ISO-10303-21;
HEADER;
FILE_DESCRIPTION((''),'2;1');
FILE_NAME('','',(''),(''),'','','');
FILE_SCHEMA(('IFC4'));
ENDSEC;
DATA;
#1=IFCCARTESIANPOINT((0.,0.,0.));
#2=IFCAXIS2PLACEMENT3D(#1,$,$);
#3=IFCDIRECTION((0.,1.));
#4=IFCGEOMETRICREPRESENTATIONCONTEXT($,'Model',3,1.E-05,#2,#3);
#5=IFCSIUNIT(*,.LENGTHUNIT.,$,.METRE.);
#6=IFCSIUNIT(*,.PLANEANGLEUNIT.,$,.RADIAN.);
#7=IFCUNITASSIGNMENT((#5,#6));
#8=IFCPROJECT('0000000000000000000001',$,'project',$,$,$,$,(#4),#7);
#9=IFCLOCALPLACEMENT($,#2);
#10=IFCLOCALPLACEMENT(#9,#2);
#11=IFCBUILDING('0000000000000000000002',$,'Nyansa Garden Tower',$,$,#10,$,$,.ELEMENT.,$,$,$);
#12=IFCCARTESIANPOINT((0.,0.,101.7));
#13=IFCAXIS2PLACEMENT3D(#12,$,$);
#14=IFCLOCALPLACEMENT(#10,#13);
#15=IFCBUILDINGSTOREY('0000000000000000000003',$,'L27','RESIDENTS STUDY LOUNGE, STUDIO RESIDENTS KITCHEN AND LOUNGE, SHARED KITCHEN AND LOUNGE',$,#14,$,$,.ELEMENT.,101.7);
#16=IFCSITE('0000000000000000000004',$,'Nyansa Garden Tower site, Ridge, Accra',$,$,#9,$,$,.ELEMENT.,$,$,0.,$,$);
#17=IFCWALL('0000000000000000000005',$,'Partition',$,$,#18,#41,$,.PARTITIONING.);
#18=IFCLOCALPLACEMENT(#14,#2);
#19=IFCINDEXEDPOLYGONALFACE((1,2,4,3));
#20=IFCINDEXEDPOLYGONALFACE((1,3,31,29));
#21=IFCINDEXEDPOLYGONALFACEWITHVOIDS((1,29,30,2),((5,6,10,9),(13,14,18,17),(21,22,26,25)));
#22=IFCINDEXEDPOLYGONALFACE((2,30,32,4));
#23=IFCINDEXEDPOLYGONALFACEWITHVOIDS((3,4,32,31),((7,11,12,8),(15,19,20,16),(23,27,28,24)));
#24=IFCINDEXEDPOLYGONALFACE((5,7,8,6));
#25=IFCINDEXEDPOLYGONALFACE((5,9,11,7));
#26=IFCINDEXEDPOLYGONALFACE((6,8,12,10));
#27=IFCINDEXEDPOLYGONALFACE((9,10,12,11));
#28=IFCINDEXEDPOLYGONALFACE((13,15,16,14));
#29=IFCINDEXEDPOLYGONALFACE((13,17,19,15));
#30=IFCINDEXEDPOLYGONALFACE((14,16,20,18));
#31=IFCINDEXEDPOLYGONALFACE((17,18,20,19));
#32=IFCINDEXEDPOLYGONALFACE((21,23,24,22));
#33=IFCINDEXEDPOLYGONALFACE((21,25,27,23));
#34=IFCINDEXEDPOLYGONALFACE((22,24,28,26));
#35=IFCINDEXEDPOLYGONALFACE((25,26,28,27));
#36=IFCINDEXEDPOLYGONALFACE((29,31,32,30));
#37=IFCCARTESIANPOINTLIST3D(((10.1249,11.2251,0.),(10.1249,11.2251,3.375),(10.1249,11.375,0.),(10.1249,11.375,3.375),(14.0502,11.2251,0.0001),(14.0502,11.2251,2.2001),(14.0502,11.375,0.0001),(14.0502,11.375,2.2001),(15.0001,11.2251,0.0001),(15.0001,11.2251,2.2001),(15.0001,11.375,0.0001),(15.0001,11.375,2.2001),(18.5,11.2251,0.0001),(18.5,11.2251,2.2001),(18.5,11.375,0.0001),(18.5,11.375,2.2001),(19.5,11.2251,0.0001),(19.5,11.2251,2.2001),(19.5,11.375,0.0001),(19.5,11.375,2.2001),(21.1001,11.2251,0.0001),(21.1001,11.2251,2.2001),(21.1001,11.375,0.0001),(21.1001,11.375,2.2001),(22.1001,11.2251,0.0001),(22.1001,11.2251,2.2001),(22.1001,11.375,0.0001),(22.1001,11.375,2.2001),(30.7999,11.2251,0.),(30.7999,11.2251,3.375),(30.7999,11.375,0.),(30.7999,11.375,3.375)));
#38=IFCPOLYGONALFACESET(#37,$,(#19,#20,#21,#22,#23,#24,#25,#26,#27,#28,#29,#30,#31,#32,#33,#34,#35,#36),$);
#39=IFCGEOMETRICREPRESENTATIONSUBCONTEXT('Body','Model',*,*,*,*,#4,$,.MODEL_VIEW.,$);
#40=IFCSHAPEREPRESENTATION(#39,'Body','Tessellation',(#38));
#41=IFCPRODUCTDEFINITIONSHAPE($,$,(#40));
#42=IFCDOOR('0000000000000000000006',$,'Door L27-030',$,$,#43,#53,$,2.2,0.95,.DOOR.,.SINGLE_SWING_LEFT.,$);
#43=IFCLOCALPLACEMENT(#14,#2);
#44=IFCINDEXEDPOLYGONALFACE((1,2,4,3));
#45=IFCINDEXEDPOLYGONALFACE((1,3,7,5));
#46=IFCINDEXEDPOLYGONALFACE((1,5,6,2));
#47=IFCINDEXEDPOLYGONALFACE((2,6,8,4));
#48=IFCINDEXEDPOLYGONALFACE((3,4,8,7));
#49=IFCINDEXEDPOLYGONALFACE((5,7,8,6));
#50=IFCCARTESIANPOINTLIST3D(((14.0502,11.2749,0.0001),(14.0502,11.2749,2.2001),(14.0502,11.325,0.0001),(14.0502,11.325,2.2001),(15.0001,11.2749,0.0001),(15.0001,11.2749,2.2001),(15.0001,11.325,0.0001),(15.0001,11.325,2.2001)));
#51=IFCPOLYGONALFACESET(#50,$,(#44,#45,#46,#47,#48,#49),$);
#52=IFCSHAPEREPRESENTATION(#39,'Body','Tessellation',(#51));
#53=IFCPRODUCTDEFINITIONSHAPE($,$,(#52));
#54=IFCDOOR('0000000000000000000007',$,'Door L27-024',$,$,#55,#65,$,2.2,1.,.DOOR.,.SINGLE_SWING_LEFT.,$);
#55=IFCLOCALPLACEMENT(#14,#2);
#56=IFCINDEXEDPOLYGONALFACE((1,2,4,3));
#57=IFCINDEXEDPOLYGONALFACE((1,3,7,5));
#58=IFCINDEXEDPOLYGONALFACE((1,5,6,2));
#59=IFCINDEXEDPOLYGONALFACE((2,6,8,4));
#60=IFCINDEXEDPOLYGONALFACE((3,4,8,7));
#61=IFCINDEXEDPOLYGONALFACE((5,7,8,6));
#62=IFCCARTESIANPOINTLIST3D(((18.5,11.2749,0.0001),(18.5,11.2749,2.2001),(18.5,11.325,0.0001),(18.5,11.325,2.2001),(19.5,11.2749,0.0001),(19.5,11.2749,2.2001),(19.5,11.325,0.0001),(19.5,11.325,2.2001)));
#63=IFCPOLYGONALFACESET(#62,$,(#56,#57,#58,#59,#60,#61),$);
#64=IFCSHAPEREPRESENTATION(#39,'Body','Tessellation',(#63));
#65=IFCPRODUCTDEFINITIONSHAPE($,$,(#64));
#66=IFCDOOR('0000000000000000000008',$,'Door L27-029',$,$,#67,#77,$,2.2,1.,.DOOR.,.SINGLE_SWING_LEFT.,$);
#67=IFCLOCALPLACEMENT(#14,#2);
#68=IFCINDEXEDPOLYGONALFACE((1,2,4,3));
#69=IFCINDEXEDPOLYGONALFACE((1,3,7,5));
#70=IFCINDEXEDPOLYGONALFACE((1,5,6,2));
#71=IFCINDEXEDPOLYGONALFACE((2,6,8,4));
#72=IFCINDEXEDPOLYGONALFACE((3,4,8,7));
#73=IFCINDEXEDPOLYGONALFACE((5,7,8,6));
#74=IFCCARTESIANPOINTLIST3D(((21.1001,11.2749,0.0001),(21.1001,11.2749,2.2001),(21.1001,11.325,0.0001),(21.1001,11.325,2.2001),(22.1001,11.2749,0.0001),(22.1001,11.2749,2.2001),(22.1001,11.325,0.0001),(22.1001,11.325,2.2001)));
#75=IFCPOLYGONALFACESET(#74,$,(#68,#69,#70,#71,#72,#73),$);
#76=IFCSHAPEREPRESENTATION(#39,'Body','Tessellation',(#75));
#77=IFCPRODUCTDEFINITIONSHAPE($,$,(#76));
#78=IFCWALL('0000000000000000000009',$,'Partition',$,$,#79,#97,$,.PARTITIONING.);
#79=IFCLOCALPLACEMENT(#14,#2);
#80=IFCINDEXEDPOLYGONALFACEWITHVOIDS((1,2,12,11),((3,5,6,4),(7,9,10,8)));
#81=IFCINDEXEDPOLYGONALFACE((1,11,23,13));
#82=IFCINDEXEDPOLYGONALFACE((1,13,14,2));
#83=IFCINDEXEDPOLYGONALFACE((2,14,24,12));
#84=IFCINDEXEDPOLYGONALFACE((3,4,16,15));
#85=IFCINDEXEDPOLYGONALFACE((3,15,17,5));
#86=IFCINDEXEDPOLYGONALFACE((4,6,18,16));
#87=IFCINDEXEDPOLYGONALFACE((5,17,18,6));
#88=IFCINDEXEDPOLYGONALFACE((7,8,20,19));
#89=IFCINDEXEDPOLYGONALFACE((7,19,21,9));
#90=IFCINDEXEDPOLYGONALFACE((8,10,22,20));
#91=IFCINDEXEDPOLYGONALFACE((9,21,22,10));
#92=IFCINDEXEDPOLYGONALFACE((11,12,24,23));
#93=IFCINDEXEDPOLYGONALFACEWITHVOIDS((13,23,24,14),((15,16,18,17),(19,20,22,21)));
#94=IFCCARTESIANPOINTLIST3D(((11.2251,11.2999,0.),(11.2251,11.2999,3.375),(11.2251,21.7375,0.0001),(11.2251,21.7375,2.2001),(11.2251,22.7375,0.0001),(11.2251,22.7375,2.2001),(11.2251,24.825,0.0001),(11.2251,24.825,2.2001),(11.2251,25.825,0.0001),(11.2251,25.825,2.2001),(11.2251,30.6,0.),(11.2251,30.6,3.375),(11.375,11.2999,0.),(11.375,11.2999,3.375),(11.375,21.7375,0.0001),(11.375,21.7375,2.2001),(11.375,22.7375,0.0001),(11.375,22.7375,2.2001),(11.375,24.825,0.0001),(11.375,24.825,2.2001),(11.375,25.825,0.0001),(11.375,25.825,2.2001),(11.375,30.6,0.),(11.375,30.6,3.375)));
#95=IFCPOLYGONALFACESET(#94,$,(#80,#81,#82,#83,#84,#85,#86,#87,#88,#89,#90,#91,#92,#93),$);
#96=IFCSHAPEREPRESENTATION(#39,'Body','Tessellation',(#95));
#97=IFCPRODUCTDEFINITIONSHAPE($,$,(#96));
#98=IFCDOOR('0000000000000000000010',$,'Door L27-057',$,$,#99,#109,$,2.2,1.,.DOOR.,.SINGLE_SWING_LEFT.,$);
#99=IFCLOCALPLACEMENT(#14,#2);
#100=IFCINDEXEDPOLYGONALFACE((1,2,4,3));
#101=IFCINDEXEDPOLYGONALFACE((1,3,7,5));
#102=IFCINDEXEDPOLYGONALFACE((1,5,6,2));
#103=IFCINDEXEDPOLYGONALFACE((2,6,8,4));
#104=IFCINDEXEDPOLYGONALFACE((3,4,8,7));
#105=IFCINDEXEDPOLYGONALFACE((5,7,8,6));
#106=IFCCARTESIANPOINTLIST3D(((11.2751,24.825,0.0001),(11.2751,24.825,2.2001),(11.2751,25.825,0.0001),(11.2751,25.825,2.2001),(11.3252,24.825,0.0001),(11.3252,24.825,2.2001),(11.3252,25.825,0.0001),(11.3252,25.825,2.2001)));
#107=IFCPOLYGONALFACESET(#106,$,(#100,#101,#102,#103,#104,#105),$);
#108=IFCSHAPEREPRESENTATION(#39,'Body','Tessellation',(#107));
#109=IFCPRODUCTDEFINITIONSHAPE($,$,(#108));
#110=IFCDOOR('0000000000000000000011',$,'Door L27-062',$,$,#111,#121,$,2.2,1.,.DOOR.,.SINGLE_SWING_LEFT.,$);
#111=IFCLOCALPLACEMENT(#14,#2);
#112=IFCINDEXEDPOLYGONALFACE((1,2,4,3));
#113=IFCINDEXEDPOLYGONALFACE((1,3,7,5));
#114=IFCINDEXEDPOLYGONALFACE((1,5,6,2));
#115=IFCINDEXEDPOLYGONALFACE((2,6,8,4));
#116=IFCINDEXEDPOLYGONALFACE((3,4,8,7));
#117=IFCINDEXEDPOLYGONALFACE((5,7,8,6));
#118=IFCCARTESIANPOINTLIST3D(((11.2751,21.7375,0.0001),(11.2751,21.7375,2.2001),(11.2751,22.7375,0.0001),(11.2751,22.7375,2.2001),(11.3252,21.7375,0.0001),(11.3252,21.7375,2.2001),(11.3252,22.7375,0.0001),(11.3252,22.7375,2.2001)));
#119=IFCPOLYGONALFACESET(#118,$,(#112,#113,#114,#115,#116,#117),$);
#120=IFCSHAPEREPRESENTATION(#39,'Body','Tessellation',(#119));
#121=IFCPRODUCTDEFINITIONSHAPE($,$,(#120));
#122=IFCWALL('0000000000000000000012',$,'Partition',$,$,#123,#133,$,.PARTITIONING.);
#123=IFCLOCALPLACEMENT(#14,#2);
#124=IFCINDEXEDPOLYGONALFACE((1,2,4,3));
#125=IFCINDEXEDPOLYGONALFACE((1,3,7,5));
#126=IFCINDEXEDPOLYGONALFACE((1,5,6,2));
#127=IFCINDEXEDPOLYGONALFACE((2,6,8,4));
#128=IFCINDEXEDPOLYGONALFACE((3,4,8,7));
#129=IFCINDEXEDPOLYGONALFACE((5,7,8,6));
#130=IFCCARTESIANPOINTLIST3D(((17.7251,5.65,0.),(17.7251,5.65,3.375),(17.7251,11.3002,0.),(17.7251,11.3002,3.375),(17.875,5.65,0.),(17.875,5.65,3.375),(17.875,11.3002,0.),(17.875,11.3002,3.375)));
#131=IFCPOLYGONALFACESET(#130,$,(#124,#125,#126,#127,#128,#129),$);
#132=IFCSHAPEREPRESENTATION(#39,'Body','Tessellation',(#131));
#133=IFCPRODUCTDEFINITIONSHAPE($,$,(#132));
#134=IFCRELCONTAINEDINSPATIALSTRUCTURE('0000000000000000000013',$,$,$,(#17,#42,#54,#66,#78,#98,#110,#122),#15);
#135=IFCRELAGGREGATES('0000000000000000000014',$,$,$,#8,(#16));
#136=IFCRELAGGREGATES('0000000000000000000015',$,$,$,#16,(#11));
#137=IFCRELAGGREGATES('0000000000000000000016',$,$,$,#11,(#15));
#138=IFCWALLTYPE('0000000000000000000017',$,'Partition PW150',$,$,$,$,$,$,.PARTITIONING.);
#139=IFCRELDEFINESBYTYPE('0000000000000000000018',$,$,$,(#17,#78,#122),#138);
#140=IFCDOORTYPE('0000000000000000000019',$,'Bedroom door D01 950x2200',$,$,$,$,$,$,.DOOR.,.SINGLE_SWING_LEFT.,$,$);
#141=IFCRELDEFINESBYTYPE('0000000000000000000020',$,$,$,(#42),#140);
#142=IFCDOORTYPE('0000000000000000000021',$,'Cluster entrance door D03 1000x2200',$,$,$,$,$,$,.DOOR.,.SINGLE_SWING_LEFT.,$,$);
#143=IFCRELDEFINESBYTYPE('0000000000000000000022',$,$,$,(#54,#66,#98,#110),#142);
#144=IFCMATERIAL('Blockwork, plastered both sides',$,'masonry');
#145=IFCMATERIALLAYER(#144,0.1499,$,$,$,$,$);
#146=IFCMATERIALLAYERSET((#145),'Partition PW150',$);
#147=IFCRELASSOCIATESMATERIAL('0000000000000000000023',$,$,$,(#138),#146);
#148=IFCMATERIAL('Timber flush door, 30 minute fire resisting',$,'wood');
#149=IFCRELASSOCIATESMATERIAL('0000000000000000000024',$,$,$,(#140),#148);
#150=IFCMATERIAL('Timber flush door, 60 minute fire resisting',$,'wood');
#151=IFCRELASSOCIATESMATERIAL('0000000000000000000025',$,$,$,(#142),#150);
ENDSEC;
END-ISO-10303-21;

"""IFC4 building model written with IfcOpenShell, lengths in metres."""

from ifc_helpers import new_model, si_unit, direction, frame, frame_2d, origin, place, context, subcontext, project, spatial, rectangle, extrude, material, layer, layer_set, type_object, element, fill, save


model = new_model("IFC4")

# Units and contexts
model_context = context("Model", 3, precision=1e-05, world=origin(), true_north=direction((0.0, 1.0)))
body_context = subcontext(model_context, "Body", "Model", "MODEL_VIEW")
ifc_project = project(units=[si_unit("LENGTHUNIT", "METRE"), si_unit("PLANEANGLEUNIT", "RADIAN")], contexts=[model_context])

# Site, building, storey
site_placement = place(None, origin())
site = spatial("IfcSite", under=ifc_project, at=site_placement, Name="Nyansa Garden Tower site, Ridge, Accra", CompositionType="ELEMENT", RefElevation=0.0)
building_placement = place(site_placement, origin())
building = spatial("IfcBuilding", under=site, at=building_placement, Name="Nyansa Garden Tower", CompositionType="ELEMENT")
storey_placement = place(building_placement, frame((0.0, 0.0, 101.7)))
storey = spatial("IfcBuildingStorey", under=building, at=storey_placement, Name="L27", Description="RESIDENTS STUDY LOUNGE, STUDIO RESIDENTS KITCHEN AND LOUNGE, SHARED KITCHEN AND LOUNGE", CompositionType="ELEMENT", Elevation=101.7)

# Shared definitions
ifc_material_1 = material(Name="Blockwork, plastered both sides", Category="masonry")
ifc_layer_1 = layer(ifc_material_1, 0.1499)
ifc_layer_set_1 = layer_set([ifc_layer_1], Name="Partition PW150")
wall_type_1 = type_object("IfcWallType", Name="Partition PW150", PredefinedType="PARTITIONING", material=ifc_layer_set_1)

# Walls, openings, doors
wall_1_placement = place(storey_placement, frame((10.125, 11.3, 0.0), z_axis=(0.0, 0.0, 1.0), x_axis=(1.0, 0.0, 0.0)))
wall_1 = element("IfcWall", 1, at=wall_1_placement, inside=storey, type_object=wall_type_1, Name="Partition", PredefinedType="PARTITIONING", context=body_context, shape_type="SweptSolid", body=[
    extrude(rectangle(XDim=20.675, YDim=0.1499, at=frame_2d((10.3374, 0.0))), origin(), (0.0, 0.0, 1.0), 3.375),
])
opening_1_placement = place(wall_1_placement, frame((8.375, 0.0, 0.0)))
opening_1 = element("IfcOpeningElement", 2, at=opening_1_placement, cuts=wall_1, PredefinedType="OPENING", context=body_context, shape_type="SweptSolid", body=[
    extrude(rectangle(XDim=1.0, YDim=2.2, at=frame_2d((0.5, 1.1001))), frame((0.0, 0.085, 0.0), z_axis=(0.0, -1.0, 0.0), x_axis=(1.0, 0.0, 0.0)), (0.0, 0.0, 1.0), 0.1699),
])
opening_2_placement = place(wall_1_placement, frame((10.9751, 0.0, 0.0)))
opening_2 = element("IfcOpeningElement", 3, at=opening_2_placement, cuts=wall_1, PredefinedType="OPENING", context=body_context, shape_type="SweptSolid", body=[
    extrude(rectangle(XDim=1.0, YDim=2.2, at=frame_2d((0.5, 1.1001))), frame((0.0, 0.085, 0.0), z_axis=(0.0, -1.0, 0.0), x_axis=(1.0, 0.0, 0.0)), (0.0, 0.0, 1.0), 0.1699),
])
opening_3_placement = place(wall_1_placement, frame((3.925, 0.0, 0.0)))
opening_3 = element("IfcOpeningElement", 4, at=opening_3_placement, cuts=wall_1, PredefinedType="OPENING", context=body_context, shape_type="SweptSolid", body=[
    extrude(rectangle(XDim=0.95, YDim=2.2, at=frame_2d((0.4751, 1.1001))), frame((0.0, 0.085, 0.0), z_axis=(0.0, -1.0, 0.0), x_axis=(1.0, 0.0, 0.0)), (0.0, 0.0, 1.0), 0.1699),
])
ifc_material_2 = material(Name="Timber flush door, 30 minute fire resisting", Category="wood")
door_type_1 = type_object("IfcDoorType", Name="Bedroom door D01 950x2200", OperationType="SINGLE_SWING_LEFT", PredefinedType="DOOR", material=ifc_material_2)
door_1_placement = place(opening_3_placement, origin())
door_1 = element("IfcDoor", 5, at=door_1_placement, inside=storey, type_object=door_type_1, Name="Door L27-030", OperationType="SINGLE_SWING_LEFT", OverallHeight=2.2, OverallWidth=0.95, PredefinedType="DOOR", context=body_context, shape_type="SweptSolid", body=[
    extrude(rectangle(XDim=0.95, YDim=2.2, at=frame_2d((0.4751, 1.1001))), frame((0.0, 0.0249, 0.0), z_axis=(0.0, -1.0, 0.0), x_axis=(1.0, 0.0, 0.0)), (0.0, 0.0, 1.0), 0.05),
])
fill(opening_3, door_1)
ifc_material_3 = material(Name="Timber flush door, 60 minute fire resisting", Category="wood")
door_type_2 = type_object("IfcDoorType", Name="Cluster entrance door D03 1000x2200", OperationType="SINGLE_SWING_LEFT", PredefinedType="DOOR", material=ifc_material_3)
door_2_placement = place(opening_1_placement, origin())
door_2 = element("IfcDoor", 6, at=door_2_placement, inside=storey, type_object=door_type_2, Name="Door L27-024", OperationType="SINGLE_SWING_LEFT", OverallHeight=2.2, OverallWidth=1.0, PredefinedType="DOOR", context=body_context, shape_type="SweptSolid", body=[
    extrude(rectangle(XDim=1.0, YDim=2.2, at=frame_2d((0.5, 1.1001))), frame((0.0, 0.0249, 0.0), z_axis=(0.0, -1.0, 0.0), x_axis=(1.0, 0.0, 0.0)), (0.0, 0.0, 1.0), 0.05),
])
fill(opening_1, door_2)
door_3_placement = place(opening_2_placement, origin())
door_3 = element("IfcDoor", 7, at=door_3_placement, inside=storey, type_object=door_type_2, Name="Door L27-029", OperationType="SINGLE_SWING_LEFT", OverallHeight=2.2, OverallWidth=1.0, PredefinedType="DOOR", context=body_context, shape_type="SweptSolid", body=[
    extrude(rectangle(XDim=1.0, YDim=2.2, at=frame_2d((0.5, 1.1001))), frame((0.0, 0.0249, 0.0), z_axis=(0.0, -1.0, 0.0), x_axis=(1.0, 0.0, 0.0)), (0.0, 0.0, 1.0), 0.05),
])
fill(opening_2, door_3)
wall_2_placement = place(storey_placement, frame((11.3, 11.3, 0.0), z_axis=(0.0, 0.0, 1.0), x_axis=(0.0, 1.0, 0.0)))
wall_2 = element("IfcWall", 8, at=wall_2_placement, inside=storey, type_object=wall_type_1, Name="Partition", PredefinedType="PARTITIONING", context=body_context, shape_type="SweptSolid", body=[
    extrude(rectangle(XDim=19.3, YDim=0.1499, at=frame_2d((9.6499, 0.0))), origin(), (0.0, 0.0, 1.0), 3.375),
])
opening_4_placement = place(wall_2_placement, frame((13.5249, 0.0, 0.0)))
opening_4 = element("IfcOpeningElement", 9, at=opening_4_placement, cuts=wall_2, PredefinedType="OPENING", context=body_context, shape_type="SweptSolid", body=[
    extrude(rectangle(XDim=1.0, YDim=2.2, at=frame_2d((0.5, 1.1001))), frame((0.0, 0.085, 0.0), z_axis=(0.0, -1.0, 0.0), x_axis=(1.0, 0.0, 0.0)), (0.0, 0.0, 1.0), 0.1699),
])
opening_5_placement = place(wall_2_placement, frame((10.4375, 0.0, 0.0)))
opening_5 = element("IfcOpeningElement", 10, at=opening_5_placement, cuts=wall_2, PredefinedType="OPENING", context=body_context, shape_type="SweptSolid", body=[
    extrude(rectangle(XDim=1.0, YDim=2.2, at=frame_2d((0.5, 1.1001))), frame((0.0, 0.085, 0.0), z_axis=(0.0, -1.0, 0.0), x_axis=(1.0, 0.0, 0.0)), (0.0, 0.0, 1.0), 0.1699),
])
door_4_placement = place(opening_4_placement, origin())
door_4 = element("IfcDoor", 11, at=door_4_placement, inside=storey, type_object=door_type_2, Name="Door L27-057", OperationType="SINGLE_SWING_LEFT", OverallHeight=2.2, OverallWidth=1.0, PredefinedType="DOOR", context=body_context, shape_type="SweptSolid", body=[
    extrude(rectangle(XDim=1.0, YDim=2.2, at=frame_2d((0.5, 1.1001))), frame((0.0, 0.0249, 0.0), z_axis=(0.0, -1.0, 0.0), x_axis=(1.0, 0.0, 0.0)), (0.0, 0.0, 1.0), 0.05),
])
fill(opening_4, door_4)
door_5_placement = place(opening_5_placement, origin())
door_5 = element("IfcDoor", 12, at=door_5_placement, inside=storey, type_object=door_type_2, Name="Door L27-062", OperationType="SINGLE_SWING_LEFT", OverallHeight=2.2, OverallWidth=1.0, PredefinedType="DOOR", context=body_context, shape_type="SweptSolid", body=[
    extrude(rectangle(XDim=1.0, YDim=2.2, at=frame_2d((0.5, 1.1001))), frame((0.0, 0.0249, 0.0), z_axis=(0.0, -1.0, 0.0), x_axis=(1.0, 0.0, 0.0)), (0.0, 0.0, 1.0), 0.05),
])
fill(opening_5, door_5)

# Wall
wall_3_placement = place(storey_placement, frame((17.8, 5.6499, 0.0), z_axis=(0.0, 0.0, 1.0), x_axis=(0.0, 1.0, 0.0)))
element("IfcWall", 13, at=wall_3_placement, inside=storey, type_object=wall_type_1, Name="Partition", PredefinedType="PARTITIONING", context=body_context, shape_type="SweptSolid", body=[
    extrude(rectangle(XDim=5.6501, YDim=0.1499, at=frame_2d((2.8252, 0.0))), origin(), (0.0, 0.0, 1.0), 3.375),
])

save(model, "model.ifc")
